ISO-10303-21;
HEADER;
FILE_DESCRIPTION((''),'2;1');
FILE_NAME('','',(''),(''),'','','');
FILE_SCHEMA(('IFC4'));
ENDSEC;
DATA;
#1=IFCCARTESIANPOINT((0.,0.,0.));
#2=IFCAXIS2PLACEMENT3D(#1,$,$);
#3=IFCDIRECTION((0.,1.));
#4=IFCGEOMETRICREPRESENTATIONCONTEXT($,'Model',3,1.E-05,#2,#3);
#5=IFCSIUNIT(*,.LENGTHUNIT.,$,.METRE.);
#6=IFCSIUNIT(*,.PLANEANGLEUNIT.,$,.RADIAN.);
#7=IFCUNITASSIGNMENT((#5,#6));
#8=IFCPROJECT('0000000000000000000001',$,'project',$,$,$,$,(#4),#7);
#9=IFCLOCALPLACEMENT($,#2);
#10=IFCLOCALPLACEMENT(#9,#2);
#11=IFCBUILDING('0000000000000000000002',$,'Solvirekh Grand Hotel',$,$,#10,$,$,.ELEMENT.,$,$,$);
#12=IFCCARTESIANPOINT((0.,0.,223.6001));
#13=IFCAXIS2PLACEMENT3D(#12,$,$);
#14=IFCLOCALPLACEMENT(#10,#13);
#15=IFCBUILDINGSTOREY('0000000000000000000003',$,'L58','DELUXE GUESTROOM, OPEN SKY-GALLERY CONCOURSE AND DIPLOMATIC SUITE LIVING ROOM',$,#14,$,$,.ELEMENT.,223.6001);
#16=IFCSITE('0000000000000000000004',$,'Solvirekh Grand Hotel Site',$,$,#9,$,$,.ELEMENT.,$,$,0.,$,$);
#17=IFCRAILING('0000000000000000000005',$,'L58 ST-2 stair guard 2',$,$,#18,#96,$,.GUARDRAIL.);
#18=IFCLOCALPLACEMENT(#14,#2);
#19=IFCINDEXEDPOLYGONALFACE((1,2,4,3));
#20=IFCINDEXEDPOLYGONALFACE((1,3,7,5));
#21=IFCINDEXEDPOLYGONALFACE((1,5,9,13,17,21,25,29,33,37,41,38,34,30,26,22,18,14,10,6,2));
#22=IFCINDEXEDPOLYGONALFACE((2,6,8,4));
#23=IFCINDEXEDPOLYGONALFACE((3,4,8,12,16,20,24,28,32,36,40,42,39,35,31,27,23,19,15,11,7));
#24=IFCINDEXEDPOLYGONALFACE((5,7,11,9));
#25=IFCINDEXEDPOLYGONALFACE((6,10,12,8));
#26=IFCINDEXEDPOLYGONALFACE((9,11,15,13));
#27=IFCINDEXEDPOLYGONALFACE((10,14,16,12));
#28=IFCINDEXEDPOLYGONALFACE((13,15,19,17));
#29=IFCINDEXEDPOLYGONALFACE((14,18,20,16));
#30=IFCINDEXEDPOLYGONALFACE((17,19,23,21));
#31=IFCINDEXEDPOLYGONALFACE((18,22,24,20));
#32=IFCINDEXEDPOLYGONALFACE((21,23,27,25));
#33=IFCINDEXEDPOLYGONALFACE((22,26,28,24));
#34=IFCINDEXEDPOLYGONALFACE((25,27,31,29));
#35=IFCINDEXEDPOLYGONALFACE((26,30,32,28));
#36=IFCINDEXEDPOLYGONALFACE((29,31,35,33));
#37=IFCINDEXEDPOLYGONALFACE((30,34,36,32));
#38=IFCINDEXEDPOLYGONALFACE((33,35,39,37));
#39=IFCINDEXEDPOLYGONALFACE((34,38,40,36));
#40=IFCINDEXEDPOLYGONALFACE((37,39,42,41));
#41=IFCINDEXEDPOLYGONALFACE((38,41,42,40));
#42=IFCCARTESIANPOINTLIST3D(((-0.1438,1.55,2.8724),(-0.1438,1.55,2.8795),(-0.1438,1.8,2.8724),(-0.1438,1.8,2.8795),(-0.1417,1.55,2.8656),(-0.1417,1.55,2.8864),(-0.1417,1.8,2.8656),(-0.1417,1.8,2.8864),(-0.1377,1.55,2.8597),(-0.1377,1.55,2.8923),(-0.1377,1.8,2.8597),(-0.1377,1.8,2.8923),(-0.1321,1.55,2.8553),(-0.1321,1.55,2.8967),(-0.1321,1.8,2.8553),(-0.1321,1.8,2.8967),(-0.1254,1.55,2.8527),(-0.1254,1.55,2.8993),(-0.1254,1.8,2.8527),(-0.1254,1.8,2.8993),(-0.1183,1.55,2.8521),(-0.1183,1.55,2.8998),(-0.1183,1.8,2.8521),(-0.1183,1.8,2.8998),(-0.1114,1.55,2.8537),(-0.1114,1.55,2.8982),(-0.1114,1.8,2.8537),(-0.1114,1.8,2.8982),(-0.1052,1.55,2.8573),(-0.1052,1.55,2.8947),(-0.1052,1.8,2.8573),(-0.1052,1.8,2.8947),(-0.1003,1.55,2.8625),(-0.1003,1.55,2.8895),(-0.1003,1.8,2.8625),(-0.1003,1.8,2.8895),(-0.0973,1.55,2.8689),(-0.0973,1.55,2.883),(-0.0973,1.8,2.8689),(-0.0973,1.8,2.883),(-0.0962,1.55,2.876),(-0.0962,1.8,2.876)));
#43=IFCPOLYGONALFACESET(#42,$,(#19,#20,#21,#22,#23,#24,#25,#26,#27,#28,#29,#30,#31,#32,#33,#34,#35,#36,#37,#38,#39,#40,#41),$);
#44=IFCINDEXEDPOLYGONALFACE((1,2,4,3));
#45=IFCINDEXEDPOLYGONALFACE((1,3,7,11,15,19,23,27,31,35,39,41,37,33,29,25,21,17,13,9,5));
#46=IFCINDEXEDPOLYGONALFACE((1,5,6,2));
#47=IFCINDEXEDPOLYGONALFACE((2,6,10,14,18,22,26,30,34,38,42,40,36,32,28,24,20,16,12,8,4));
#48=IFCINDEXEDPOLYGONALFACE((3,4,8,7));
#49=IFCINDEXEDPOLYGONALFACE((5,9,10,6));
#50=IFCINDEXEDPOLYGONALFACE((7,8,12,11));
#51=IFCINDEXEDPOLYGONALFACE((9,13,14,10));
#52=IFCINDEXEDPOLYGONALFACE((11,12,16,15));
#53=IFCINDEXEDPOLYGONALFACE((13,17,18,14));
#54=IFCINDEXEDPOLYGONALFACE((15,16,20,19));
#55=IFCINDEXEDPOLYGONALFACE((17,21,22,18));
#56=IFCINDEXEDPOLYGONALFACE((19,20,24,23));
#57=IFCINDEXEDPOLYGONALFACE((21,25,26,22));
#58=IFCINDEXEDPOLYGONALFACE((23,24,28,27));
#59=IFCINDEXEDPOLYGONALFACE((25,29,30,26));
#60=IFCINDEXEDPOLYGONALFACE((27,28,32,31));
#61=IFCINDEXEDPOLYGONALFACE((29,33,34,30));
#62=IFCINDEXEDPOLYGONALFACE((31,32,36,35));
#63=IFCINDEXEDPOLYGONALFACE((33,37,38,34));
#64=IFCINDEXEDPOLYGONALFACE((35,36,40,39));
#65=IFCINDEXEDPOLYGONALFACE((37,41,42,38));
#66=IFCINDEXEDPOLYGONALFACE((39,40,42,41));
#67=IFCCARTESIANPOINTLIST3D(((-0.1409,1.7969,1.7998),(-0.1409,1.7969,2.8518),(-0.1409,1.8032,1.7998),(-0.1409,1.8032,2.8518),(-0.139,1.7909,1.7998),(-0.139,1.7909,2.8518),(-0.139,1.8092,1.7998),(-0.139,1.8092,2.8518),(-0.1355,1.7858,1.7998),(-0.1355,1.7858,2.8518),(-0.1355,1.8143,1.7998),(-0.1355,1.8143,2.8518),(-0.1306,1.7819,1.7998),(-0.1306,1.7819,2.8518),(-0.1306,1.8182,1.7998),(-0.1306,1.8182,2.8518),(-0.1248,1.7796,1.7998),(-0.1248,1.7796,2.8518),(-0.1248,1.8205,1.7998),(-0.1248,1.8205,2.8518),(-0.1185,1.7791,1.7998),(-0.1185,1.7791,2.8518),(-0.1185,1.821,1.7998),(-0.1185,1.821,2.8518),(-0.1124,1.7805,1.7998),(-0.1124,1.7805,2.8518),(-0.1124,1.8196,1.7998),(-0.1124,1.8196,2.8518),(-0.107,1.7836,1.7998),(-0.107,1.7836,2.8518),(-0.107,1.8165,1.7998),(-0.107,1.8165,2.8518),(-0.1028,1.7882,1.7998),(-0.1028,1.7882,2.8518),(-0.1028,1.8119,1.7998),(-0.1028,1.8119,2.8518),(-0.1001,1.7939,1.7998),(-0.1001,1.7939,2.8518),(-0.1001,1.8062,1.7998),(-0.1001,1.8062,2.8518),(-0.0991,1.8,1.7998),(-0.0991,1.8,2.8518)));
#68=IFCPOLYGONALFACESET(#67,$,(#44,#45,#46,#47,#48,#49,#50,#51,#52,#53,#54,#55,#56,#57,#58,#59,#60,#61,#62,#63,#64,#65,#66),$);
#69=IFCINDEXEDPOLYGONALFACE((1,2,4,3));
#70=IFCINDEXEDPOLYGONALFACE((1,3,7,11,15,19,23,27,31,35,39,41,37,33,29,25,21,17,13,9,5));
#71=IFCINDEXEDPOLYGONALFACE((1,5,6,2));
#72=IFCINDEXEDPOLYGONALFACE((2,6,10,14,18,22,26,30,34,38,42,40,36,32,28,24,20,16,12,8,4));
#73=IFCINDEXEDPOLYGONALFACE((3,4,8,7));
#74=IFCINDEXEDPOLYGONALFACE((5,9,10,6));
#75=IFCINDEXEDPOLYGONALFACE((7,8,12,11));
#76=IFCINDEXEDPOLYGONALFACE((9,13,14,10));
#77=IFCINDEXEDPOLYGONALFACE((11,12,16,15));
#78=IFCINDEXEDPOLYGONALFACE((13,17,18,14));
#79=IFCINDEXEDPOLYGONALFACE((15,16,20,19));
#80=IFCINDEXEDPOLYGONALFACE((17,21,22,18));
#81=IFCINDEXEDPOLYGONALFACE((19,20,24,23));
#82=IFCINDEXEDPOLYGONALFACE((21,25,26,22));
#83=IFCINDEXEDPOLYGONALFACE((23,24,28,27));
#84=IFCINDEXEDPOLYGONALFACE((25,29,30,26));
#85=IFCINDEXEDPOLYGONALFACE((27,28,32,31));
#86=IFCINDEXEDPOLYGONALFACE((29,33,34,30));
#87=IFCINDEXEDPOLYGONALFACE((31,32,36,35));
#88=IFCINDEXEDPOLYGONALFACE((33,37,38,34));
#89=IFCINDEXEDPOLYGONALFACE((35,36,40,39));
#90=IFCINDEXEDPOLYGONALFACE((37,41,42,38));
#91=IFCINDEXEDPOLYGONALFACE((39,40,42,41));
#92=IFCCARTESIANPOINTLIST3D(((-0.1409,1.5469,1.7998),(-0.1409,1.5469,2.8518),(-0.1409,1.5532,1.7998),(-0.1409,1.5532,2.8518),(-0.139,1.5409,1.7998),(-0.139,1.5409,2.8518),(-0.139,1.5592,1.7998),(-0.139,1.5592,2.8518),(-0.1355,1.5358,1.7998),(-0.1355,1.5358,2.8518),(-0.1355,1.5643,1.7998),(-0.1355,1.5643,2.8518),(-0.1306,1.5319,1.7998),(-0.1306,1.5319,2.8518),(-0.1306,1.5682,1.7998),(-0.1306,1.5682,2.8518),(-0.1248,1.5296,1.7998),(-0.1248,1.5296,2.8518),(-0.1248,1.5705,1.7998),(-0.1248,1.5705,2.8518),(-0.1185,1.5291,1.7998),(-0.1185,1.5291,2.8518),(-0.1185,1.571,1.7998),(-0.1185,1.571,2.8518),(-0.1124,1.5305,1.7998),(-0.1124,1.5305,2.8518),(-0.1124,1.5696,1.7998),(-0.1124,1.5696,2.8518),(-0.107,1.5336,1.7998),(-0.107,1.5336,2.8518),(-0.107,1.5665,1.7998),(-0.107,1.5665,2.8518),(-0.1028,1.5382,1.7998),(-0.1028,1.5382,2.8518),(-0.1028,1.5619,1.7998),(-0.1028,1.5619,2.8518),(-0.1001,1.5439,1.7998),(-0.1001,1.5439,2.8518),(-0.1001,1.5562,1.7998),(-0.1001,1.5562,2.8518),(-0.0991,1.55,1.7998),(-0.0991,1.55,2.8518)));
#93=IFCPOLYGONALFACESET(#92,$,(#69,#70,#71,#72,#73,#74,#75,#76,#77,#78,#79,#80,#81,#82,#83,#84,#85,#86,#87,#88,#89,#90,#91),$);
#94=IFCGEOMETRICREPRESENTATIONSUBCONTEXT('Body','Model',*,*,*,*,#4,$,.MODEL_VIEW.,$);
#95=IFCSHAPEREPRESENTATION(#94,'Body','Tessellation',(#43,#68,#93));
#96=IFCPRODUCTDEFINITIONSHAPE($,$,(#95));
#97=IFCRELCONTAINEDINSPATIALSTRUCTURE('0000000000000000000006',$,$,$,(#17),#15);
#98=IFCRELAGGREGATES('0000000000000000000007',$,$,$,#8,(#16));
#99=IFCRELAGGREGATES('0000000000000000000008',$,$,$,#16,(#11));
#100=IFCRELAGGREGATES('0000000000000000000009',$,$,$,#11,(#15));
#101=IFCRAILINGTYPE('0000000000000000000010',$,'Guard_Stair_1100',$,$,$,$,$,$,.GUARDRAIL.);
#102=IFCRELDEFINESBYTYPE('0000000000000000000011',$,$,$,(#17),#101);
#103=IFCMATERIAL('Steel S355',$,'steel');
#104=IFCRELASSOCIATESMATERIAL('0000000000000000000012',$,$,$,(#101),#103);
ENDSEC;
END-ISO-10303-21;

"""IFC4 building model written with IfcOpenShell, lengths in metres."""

from ifc_helpers import new_model, si_unit, direction, frame, origin, origin_2d, place, context, subcontext, project, spatial, circle, extrude, material, type_object, element, save


model = new_model("IFC4")

# Units and contexts
model_context = context("Model", 3, precision=1e-05, world=origin(), true_north=direction((0.0, 1.0)))
body_context = subcontext(model_context, "Body", "Model", "MODEL_VIEW")
ifc_project = project(units=[si_unit("LENGTHUNIT", "METRE"), si_unit("PLANEANGLEUNIT", "RADIAN")], contexts=[model_context])

# Site, building, storey
site_placement = place(None, origin())
site = spatial("IfcSite", under=ifc_project, at=site_placement, Name="Solvirekh Grand Hotel Site", CompositionType="ELEMENT", RefElevation=0.0)
building_placement = place(site_placement, origin())
building = spatial("IfcBuilding", under=site, at=building_placement, Name="Solvirekh Grand Hotel", CompositionType="ELEMENT")
storey_placement = place(building_placement, frame((0.0, 0.0, 223.6001)))
storey = spatial("IfcBuildingStorey", under=building, at=storey_placement, Name="L58", Description="DELUXE GUESTROOM, OPEN SKY-GALLERY CONCOURSE AND DIPLOMATIC SUITE LIVING ROOM", CompositionType="ELEMENT", Elevation=223.6001)

# Railing
ifc_material_1 = material(Name="Steel S355", Category="steel")
railing_type_1 = type_object("IfcRailingType", Name="Guard_Stair_1100", PredefinedType="GUARDRAIL", material=ifc_material_1)
railing_1_placement = place(storey_placement, frame((-0.1201, 1.8, 1.7998)))
element("IfcRailing", 1, at=railing_1_placement, inside=storey, type_object=railing_type_1, Name="L58 ST-2 stair guard 2", PredefinedType="GUARDRAIL", context=body_context, shape_type="SweptSolid", body=[
    extrude(circle(Radius=0.0239, at=origin_2d()), frame((0.0, 0.0, 1.0762), z_axis=(0.0, -1.0, 0.0), x_axis=(1.0, 0.0, 0.0)), (0.0, 0.0, 1.0), 0.25),
    extrude(circle(Radius=0.021, at=origin_2d()), origin(), (0.0, 0.0, 1.0), 1.052),
    extrude(circle(Radius=0.021, at=origin_2d()), frame((0.0, -0.25, 0.0)), (0.0, 0.0, 1.0), 1.052),
])

save(model, "model.ifc")
